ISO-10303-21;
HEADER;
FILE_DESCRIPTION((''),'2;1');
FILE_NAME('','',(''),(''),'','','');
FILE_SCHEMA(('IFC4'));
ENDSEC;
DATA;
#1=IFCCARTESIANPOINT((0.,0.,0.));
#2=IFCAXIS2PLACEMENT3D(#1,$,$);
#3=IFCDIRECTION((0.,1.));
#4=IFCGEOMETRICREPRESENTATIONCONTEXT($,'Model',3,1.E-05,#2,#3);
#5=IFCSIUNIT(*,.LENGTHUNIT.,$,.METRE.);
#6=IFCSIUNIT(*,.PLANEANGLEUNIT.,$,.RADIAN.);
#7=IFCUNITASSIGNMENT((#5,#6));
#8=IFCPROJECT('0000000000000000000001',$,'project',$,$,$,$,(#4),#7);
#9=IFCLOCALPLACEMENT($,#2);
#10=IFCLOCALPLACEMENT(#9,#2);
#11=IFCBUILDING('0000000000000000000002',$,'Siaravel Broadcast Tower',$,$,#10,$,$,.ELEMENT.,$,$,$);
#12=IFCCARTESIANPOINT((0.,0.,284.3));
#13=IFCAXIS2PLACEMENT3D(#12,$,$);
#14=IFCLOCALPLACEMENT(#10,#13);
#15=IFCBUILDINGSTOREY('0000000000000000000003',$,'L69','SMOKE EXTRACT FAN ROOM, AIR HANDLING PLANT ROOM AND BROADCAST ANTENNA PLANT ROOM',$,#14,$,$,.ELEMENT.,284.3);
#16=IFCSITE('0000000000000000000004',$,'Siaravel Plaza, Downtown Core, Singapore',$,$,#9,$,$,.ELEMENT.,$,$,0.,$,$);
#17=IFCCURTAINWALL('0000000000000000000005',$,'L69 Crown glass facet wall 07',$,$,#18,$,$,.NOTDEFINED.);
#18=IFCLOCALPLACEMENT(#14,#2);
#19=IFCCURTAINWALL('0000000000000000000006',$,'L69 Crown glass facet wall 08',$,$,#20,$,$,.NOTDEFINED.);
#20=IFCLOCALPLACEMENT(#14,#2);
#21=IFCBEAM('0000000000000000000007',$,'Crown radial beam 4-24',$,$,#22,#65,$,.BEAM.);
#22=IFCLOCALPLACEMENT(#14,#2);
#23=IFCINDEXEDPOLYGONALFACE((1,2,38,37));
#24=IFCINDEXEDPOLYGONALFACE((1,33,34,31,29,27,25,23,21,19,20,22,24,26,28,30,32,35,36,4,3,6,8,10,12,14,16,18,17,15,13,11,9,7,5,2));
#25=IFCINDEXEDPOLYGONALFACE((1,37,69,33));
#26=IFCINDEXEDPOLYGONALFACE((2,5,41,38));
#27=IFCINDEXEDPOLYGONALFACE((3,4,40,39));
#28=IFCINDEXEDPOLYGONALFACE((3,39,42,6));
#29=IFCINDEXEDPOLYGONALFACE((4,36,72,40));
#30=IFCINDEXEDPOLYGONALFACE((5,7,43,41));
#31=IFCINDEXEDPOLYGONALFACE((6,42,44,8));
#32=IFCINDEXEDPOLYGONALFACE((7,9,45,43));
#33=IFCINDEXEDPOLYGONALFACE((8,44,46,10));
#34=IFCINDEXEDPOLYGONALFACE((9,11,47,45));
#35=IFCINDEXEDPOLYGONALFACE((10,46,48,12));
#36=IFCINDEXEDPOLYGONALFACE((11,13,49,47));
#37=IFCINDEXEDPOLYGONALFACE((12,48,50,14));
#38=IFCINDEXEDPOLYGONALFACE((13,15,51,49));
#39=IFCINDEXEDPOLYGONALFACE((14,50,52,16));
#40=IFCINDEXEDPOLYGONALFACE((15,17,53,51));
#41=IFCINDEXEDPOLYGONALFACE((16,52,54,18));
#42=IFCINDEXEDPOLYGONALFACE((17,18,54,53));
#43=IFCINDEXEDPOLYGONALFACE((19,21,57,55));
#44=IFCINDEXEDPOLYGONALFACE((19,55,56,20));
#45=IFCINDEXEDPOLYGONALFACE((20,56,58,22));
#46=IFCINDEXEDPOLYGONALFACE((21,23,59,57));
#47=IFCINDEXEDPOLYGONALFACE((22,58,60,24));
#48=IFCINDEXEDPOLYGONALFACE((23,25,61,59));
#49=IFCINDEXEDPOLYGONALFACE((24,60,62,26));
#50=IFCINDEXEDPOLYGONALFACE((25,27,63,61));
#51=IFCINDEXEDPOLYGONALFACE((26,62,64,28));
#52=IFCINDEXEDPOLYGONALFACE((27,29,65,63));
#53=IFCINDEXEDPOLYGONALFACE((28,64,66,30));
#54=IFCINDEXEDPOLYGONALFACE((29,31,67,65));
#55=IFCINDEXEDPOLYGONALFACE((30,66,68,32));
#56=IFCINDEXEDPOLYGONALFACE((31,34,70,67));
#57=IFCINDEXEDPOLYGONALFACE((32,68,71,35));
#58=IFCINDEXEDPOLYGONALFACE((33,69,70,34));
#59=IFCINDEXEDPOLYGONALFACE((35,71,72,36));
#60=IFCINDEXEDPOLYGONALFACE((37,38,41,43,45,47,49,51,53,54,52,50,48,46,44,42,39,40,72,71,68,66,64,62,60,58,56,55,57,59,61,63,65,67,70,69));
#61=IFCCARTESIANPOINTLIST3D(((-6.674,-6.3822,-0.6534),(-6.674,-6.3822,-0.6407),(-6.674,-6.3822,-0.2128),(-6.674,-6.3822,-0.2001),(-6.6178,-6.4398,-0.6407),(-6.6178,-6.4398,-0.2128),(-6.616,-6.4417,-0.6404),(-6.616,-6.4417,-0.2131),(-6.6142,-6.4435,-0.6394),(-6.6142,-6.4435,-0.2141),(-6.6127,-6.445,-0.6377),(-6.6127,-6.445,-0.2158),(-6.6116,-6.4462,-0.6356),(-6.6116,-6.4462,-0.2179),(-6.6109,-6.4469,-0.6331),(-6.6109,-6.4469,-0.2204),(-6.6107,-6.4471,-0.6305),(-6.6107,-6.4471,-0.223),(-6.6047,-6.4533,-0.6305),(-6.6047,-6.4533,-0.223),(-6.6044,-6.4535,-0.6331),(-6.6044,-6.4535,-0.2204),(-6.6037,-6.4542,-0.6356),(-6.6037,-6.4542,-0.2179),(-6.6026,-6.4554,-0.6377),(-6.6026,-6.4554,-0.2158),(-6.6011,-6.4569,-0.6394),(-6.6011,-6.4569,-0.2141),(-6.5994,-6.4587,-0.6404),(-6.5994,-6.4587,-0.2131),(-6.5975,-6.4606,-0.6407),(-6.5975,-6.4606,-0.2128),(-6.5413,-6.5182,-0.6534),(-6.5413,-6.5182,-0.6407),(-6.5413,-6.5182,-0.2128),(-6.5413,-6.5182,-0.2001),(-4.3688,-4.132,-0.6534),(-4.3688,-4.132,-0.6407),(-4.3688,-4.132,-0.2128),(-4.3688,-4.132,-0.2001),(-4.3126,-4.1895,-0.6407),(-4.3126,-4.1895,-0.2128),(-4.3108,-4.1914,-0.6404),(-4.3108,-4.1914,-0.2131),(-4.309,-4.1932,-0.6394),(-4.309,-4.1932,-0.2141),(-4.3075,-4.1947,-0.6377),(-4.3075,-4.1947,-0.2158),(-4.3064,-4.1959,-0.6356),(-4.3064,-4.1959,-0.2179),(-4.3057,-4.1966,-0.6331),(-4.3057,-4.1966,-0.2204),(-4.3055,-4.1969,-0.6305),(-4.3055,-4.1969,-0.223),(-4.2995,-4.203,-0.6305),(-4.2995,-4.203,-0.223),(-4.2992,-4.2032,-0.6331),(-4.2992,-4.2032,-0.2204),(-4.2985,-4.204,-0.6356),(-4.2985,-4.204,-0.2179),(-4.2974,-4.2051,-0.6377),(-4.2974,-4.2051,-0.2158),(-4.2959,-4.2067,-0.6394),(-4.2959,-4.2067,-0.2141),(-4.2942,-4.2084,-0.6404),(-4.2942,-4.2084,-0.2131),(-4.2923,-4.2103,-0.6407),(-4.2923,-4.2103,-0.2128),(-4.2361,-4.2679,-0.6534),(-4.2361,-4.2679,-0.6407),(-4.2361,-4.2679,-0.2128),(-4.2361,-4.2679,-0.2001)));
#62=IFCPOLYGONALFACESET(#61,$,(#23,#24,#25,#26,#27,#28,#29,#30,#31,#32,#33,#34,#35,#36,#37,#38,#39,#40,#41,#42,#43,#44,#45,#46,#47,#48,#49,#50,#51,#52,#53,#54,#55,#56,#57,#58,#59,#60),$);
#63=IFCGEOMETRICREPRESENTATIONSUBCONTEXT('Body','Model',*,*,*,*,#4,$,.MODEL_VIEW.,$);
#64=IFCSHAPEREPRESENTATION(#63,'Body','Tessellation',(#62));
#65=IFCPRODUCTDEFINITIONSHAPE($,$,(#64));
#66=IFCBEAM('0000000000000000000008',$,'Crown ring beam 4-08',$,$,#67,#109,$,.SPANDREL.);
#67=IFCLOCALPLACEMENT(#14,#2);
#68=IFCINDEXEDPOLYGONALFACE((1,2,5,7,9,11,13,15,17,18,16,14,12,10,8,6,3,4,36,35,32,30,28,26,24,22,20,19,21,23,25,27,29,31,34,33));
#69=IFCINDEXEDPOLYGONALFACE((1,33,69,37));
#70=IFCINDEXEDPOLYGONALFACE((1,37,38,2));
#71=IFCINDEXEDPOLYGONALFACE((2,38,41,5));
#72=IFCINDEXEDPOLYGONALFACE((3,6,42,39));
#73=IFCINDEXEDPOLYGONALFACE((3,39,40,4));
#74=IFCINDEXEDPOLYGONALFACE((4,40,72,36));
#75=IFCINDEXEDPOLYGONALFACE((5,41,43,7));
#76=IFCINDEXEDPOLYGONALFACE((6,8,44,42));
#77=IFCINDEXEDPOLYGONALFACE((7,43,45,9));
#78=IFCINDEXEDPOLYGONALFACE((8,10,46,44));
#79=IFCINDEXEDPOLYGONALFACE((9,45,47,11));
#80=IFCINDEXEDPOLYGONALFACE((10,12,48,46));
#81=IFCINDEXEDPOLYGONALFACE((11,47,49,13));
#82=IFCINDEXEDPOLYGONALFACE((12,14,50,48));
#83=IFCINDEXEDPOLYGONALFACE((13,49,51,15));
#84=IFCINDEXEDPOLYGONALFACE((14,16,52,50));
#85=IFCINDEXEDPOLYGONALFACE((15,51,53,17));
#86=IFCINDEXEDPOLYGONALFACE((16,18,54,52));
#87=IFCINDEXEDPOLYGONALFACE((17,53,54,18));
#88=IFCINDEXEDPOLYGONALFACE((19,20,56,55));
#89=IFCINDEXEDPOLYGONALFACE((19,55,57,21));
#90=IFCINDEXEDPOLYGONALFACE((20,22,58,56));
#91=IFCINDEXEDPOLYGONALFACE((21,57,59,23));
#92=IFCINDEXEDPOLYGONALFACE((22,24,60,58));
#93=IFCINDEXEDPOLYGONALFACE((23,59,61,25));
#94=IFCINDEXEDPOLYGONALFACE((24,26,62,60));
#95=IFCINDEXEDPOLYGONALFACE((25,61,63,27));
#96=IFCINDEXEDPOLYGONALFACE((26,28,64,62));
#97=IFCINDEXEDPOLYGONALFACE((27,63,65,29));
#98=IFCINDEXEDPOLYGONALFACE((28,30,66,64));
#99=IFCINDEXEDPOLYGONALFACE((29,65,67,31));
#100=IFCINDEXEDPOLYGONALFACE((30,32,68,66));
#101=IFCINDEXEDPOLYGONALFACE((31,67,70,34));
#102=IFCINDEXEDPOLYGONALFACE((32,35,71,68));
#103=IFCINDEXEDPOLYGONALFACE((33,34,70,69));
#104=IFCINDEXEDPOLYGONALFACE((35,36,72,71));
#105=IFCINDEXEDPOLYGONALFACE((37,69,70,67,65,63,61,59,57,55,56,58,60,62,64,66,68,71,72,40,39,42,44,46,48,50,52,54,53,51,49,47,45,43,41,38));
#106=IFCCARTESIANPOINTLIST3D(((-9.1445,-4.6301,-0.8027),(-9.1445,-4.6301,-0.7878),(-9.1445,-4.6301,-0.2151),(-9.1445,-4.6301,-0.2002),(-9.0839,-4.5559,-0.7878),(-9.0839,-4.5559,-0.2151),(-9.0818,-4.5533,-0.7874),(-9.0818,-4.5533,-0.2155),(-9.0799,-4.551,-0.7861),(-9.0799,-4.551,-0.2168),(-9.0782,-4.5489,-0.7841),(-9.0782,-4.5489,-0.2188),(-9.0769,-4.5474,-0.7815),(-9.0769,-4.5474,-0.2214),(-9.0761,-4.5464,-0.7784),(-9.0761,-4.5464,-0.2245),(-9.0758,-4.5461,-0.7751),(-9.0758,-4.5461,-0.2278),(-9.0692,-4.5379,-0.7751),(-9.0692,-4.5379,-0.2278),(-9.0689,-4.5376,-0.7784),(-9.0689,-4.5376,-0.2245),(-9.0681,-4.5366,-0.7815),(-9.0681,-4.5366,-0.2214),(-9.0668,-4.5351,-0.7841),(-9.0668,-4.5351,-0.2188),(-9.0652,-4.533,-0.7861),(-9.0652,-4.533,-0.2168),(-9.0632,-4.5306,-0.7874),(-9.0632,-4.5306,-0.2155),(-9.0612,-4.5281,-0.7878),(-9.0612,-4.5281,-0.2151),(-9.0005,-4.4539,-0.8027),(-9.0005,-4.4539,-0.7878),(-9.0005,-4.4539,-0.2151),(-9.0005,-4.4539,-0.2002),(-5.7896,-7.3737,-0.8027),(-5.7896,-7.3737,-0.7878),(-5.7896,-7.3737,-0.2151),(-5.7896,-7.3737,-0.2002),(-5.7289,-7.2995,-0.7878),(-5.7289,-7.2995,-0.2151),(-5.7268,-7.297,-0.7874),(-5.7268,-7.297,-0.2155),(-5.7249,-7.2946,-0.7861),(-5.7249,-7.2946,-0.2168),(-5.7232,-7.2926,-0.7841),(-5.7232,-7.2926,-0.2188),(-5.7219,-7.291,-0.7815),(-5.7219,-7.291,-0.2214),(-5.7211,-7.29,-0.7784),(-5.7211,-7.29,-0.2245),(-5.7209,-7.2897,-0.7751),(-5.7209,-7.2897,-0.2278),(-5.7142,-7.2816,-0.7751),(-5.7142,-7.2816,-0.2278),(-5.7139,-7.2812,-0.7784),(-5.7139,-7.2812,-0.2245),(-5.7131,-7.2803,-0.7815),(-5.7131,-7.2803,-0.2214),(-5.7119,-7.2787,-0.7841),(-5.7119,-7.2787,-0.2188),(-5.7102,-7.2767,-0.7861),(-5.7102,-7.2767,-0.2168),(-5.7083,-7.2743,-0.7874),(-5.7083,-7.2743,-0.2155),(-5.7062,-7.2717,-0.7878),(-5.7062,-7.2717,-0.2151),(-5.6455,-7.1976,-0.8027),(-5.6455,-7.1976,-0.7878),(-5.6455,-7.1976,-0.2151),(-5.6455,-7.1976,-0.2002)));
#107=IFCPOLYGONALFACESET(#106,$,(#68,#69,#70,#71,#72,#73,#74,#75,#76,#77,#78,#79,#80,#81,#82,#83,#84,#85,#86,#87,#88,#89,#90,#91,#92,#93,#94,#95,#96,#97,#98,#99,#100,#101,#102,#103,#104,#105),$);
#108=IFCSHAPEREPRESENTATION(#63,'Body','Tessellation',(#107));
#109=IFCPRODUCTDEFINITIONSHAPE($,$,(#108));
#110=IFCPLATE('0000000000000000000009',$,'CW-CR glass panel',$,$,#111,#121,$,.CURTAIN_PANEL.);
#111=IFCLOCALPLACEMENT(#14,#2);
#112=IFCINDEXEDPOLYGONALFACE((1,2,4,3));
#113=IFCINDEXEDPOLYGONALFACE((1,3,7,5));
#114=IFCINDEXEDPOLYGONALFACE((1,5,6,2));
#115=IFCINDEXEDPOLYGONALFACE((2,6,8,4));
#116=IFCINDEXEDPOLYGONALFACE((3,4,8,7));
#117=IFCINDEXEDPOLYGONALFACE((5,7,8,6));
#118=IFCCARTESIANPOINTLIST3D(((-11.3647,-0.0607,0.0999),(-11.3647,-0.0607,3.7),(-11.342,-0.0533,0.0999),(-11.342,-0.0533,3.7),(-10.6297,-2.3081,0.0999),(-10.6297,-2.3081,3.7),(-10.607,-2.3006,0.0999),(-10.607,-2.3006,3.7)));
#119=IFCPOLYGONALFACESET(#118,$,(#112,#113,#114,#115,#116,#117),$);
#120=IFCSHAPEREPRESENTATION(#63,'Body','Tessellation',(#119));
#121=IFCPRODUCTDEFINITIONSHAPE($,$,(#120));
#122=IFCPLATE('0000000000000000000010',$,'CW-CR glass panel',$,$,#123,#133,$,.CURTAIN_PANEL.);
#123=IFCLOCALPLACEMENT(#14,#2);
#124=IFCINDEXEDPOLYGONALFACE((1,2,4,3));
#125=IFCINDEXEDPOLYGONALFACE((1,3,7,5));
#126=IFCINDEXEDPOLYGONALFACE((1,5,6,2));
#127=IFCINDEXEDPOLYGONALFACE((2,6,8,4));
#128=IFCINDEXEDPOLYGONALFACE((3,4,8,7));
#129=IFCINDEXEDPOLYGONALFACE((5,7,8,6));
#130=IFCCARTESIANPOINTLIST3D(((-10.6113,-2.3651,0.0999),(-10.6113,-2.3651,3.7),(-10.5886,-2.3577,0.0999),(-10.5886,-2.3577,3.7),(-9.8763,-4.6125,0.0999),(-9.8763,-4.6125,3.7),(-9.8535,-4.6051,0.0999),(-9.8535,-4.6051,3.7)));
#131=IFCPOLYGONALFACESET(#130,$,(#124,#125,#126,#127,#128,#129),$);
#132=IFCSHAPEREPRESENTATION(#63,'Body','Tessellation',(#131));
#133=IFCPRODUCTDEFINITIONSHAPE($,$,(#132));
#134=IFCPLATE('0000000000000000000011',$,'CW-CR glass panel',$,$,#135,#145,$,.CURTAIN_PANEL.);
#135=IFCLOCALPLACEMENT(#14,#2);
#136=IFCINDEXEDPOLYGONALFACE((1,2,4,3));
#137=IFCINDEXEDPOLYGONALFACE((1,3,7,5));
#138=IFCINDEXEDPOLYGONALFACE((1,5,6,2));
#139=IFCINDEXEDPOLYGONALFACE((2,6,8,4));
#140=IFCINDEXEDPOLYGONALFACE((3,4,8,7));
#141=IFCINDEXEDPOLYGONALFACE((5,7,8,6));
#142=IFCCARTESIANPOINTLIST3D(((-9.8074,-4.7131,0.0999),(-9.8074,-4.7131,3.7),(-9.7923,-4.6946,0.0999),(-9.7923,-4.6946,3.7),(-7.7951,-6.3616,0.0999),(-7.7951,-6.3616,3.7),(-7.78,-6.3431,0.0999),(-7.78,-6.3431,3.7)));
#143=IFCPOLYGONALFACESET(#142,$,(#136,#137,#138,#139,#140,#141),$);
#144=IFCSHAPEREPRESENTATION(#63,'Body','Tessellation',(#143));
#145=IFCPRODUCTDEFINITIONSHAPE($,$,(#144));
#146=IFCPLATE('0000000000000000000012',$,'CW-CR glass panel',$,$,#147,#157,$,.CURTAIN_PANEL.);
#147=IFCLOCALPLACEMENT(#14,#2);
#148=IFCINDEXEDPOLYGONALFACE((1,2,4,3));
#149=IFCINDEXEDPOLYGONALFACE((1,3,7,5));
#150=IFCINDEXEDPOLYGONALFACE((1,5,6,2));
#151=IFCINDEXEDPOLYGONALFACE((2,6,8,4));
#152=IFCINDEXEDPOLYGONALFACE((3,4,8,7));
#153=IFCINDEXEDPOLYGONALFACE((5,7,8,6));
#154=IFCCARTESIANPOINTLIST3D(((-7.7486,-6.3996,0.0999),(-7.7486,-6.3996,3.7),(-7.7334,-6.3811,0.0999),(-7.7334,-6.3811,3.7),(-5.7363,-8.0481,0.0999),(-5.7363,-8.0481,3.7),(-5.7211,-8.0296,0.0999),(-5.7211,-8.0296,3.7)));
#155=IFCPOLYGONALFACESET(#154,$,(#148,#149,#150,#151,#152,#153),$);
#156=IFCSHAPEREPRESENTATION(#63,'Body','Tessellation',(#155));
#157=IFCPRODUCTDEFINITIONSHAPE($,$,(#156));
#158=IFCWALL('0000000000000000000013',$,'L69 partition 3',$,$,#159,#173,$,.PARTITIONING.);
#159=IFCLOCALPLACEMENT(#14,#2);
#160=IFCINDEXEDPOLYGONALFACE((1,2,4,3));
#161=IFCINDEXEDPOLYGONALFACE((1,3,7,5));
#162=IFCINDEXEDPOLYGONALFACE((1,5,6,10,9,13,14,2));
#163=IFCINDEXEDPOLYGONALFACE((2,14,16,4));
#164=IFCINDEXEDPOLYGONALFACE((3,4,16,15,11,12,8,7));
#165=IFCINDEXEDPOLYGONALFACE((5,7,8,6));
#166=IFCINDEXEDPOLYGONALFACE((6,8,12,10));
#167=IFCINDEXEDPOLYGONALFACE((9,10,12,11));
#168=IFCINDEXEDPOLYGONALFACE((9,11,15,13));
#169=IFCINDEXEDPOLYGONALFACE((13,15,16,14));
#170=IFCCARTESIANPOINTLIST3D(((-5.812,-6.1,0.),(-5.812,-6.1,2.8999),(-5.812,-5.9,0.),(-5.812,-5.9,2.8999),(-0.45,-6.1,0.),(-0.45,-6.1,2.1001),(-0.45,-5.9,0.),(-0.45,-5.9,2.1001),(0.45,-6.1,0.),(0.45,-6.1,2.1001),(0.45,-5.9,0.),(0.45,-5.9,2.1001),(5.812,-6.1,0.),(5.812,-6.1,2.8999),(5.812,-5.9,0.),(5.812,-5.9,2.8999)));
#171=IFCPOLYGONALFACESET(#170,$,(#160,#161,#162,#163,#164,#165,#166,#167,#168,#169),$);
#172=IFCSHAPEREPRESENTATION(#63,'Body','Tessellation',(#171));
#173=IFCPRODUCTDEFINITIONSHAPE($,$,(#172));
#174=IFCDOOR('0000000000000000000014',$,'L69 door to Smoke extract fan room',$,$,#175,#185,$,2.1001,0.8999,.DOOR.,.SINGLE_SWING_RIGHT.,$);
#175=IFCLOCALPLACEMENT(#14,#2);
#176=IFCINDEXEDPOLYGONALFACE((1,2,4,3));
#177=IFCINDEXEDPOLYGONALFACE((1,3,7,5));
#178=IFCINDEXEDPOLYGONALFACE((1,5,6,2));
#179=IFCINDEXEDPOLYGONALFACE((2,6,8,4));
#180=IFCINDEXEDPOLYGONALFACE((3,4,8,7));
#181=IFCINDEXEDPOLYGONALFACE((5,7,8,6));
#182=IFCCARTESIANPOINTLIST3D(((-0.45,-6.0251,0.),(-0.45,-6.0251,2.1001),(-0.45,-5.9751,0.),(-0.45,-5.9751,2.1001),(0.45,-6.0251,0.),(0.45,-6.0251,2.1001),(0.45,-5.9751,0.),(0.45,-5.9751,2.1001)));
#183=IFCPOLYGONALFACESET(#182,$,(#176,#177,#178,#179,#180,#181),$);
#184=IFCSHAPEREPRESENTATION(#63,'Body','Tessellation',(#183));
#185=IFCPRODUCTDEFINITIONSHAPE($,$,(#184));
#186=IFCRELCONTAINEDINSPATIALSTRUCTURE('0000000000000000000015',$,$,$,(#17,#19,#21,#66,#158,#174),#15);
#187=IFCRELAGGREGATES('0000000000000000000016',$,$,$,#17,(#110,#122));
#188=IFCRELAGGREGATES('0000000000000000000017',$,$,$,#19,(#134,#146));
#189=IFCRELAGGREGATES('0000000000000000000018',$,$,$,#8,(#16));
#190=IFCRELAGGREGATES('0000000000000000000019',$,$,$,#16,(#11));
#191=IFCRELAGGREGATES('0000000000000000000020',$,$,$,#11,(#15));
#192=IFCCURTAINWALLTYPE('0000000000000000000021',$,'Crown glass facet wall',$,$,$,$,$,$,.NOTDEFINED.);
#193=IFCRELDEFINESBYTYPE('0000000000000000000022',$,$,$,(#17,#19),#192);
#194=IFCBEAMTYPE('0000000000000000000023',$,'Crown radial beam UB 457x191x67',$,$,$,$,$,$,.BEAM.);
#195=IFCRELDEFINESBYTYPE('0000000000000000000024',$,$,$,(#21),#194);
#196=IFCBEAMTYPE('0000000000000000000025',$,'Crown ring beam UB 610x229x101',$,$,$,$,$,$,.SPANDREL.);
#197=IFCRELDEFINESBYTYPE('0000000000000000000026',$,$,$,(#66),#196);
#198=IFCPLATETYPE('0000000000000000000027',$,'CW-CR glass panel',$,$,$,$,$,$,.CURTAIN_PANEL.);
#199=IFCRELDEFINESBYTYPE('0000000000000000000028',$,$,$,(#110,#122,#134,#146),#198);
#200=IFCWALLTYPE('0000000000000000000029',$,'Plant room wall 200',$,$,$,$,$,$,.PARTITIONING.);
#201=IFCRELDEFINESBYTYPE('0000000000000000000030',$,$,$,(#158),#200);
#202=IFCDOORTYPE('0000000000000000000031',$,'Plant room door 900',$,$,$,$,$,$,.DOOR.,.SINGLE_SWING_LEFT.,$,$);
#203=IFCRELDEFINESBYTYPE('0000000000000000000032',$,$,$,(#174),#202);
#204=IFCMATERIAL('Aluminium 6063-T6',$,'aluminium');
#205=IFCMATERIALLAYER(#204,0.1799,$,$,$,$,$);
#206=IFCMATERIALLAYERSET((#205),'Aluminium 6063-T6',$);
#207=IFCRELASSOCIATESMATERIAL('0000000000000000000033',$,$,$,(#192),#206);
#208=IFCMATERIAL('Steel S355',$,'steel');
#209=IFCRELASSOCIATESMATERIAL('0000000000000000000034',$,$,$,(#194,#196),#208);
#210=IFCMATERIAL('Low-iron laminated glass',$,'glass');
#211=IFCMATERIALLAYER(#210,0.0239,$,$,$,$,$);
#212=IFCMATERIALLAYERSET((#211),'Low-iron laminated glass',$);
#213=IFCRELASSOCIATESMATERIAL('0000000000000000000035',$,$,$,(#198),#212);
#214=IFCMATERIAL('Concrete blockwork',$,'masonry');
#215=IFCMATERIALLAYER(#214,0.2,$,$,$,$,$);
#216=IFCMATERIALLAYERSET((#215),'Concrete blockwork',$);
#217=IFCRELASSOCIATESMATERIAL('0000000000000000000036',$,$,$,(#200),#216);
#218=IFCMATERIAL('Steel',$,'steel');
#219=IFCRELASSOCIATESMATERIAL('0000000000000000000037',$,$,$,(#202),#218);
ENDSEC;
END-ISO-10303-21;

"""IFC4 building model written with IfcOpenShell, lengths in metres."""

from ifc_helpers import new_model, si_unit, direction, frame, frame_2d, origin, origin_2d, place, context, subcontext, project, spatial, rectangle, i_section, extrude, material, layer, layer_set, material_profile, profile_set, type_object, element, fill, aggregate, save


model = new_model("IFC4")

# Units and contexts
model_context = context("Model", 3, precision=1e-05, world=origin(), true_north=direction((0.0, 1.0)))
body_context = subcontext(model_context, "Body", "Model", "MODEL_VIEW")
ifc_project = project(units=[si_unit("LENGTHUNIT", "METRE"), si_unit("PLANEANGLEUNIT", "RADIAN")], contexts=[model_context])

# Site, building, storey
site_placement = place(None, origin())
site = spatial("IfcSite", under=ifc_project, at=site_placement, Name="Siaravel Plaza, Downtown Core, Singapore", CompositionType="ELEMENT", RefElevation=0.0)
building_placement = place(site_placement, origin())
building = spatial("IfcBuilding", under=site, at=building_placement, Name="Siaravel Broadcast Tower", CompositionType="ELEMENT")
storey_placement = place(building_placement, frame((0.0, 0.0, 284.3)))
storey = spatial("IfcBuildingStorey", under=building, at=storey_placement, Name="L69", Description="SMOKE EXTRACT FAN ROOM, AIR HANDLING PLANT ROOM AND BROADCAST ANTENNA PLANT ROOM", CompositionType="ELEMENT", Elevation=284.3)

# Curtain walls
ifc_material_1 = material(Name="Aluminium 6063-T6", Category="aluminium")
ifc_layer_1 = layer(ifc_material_1, 0.1799)
ifc_layer_set_1 = layer_set([ifc_layer_1], Name="Aluminium 6063-T6")
curtain_wall_type = type_object("IfcCurtainWallType", Name="Crown glass facet wall", PredefinedType="NOTDEFINED", material=ifc_layer_set_1)
curtain_wall_1_placement = place(storey_placement, origin())
curtain_wall_1 = element("IfcCurtainWall", 1, at=curtain_wall_1_placement, inside=storey, type_object=curtain_wall_type, Name="L69 Crown glass facet wall 07", PredefinedType="NOTDEFINED")
curtain_wall_2_placement = place(storey_placement, origin())
curtain_wall_2 = element("IfcCurtainWall", 2, at=curtain_wall_2_placement, inside=storey, type_object=curtain_wall_type, Name="L69 Crown glass facet wall 08", PredefinedType="NOTDEFINED")

# Beams
ifc_material_2 = material(Name="Steel S355", Category="steel")
ifc_material_profile_1 = material_profile(ifc_material_2, i_section(OverallWidth=0.1899, OverallDepth=0.4534, WebThickness=0.0085, FlangeThickness=0.0127, FilletRadius=0.0103, at=origin_2d()))
ifc_profile_set_1 = profile_set([ifc_material_profile_1], Name="Steel S355")
beam_type_1 = type_object("IfcBeamType", Name="Crown radial beam UB 457x191x67", PredefinedType="BEAM", material=ifc_profile_set_1)
beam_1_placement = place(storey_placement, frame((-6.6077, -6.4502, -0.4268), z_axis=(0.715581, 0.698529, 0.0), x_axis=(-0.698529, 0.715581, 0.0)))
element("IfcBeam", 3, at=beam_1_placement, inside=storey, type_object=beam_type_1, Name="Crown radial beam 4-24", PredefinedType="BEAM", context=body_context, shape_type="SweptSolid", body=[
    extrude(i_section(OverallWidth=0.1899, OverallDepth=0.4534, WebThickness=0.0085, FlangeThickness=0.0127, FilletRadius=0.0103, at=origin_2d()), origin(), (0.0, 0.0, 1.0), 3.2214),
])
ifc_material_profile_2 = material_profile(ifc_material_2, i_section(OverallWidth=0.2275, OverallDepth=0.6025, WebThickness=0.0105, FlangeThickness=0.0149, FilletRadius=0.0127, at=origin_2d()))
ifc_profile_set_2 = profile_set([ifc_material_profile_2], Name="Steel S355")
beam_type_2 = type_object("IfcBeamType", Name="Crown ring beam UB 610x229x101", PredefinedType="SPANDREL", material=ifc_profile_set_2)
beam_2_placement = place(storey_placement, frame((-9.0725, -4.542, -0.5015), z_axis=(0.774108, -0.633054, 0.0), x_axis=(0.633054, 0.774108, 0.0)))
element("IfcBeam", 4, at=beam_2_placement, inside=storey, type_object=beam_type_2, Name="Crown ring beam 4-08", PredefinedType="SPANDREL", context=body_context, shape_type="SweptSolid", body=[
    extrude(i_section(OverallWidth=0.2275, OverallDepth=0.6025, WebThickness=0.0105, FlangeThickness=0.0149, FilletRadius=0.0127, at=origin_2d()), origin(), (0.0, 0.0, 1.0), 4.334),
])

# Plates
ifc_material_3 = material(Name="Low-iron laminated glass", Category="glass")
ifc_layer_2 = layer(ifc_material_3, 0.0239)
ifc_layer_set_2 = layer_set([ifc_layer_2], Name="Low-iron laminated glass")
plate_type = type_object("IfcPlateType", Name="CW-CR glass panel", PredefinedType="CURTAIN_PANEL", material=ifc_layer_set_2)
plate_1_placement = place(storey_placement, frame((-10.9858, -1.1807, 0.0999), z_axis=(0.0, 0.0, 1.0), x_axis=(0.310855, -0.950457, 0.0)))
plate_1 = element("IfcPlate", 5, at=plate_1_placement, type_object=plate_type, Name="CW-CR glass panel", PredefinedType="CURTAIN_PANEL", context=body_context, shape_type="SweptSolid", body=[
    extrude(rectangle(XDim=2.3645, YDim=0.0239, at=origin_2d()), origin(), (0.0, 0.0, 1.0), 3.6001),
])
plate_2_placement = place(storey_placement, frame((-10.2324, -3.4851, 0.0999), z_axis=(0.0, 0.0, 1.0), x_axis=(0.310855, -0.950457, 0.0)))
plate_2 = element("IfcPlate", 6, at=plate_2_placement, type_object=plate_type, Name="CW-CR glass panel", PredefinedType="CURTAIN_PANEL", context=body_context, shape_type="SweptSolid", body=[
    extrude(rectangle(XDim=2.3645, YDim=0.0239, at=origin_2d()), origin(), (0.0, 0.0, 1.0), 3.6001),
])
aggregate(curtain_wall_1, [plate_1, plate_2])
plate_3_placement = place(storey_placement, frame((-8.7937, -5.5281, 0.0999), z_axis=(0.0, 0.0, 1.0), x_axis=(0.773564, -0.633718, 0.0)))
plate_3 = element("IfcPlate", 7, at=plate_3_placement, type_object=plate_type, Name="CW-CR glass panel", PredefinedType="CURTAIN_PANEL", context=body_context, shape_type="SweptSolid", body=[
    extrude(rectangle(XDim=2.6013, YDim=0.0239, at=origin_2d()), origin(), (0.0, 0.0, 1.0), 3.6001),
])
plate_4_placement = place(storey_placement, frame((-6.7349, -7.2146, 0.0999), z_axis=(0.0, 0.0, 1.0), x_axis=(0.773564, -0.633718, 0.0)))
plate_4 = element("IfcPlate", 8, at=plate_4_placement, type_object=plate_type, Name="CW-CR glass panel", PredefinedType="CURTAIN_PANEL", context=body_context, shape_type="SweptSolid", body=[
    extrude(rectangle(XDim=2.6013, YDim=0.0239, at=origin_2d()), origin(), (0.0, 0.0, 1.0), 3.6001),
])
aggregate(curtain_wall_2, [plate_3, plate_4])

# Wall, opening, door
ifc_material_4 = material(Name="Concrete blockwork", Category="masonry")
ifc_layer_3 = layer(ifc_material_4, 0.2)
ifc_layer_set_3 = layer_set([ifc_layer_3], Name="Concrete blockwork")
wall_type = type_object("IfcWallType", Name="Plant room wall 200", PredefinedType="PARTITIONING", material=ifc_layer_set_3)
wall_1_placement = place(storey_placement, frame((-5.812, -6.0, 0.0), z_axis=(0.0, 0.0, 1.0), x_axis=(1.0, 0.0, 0.0)))
wall_1 = element("IfcWall", 9, at=wall_1_placement, inside=storey, type_object=wall_type, Name="L69 partition 3", PredefinedType="PARTITIONING", context=body_context, shape_type="SweptSolid", body=[
    extrude(rectangle(XDim=11.624, YDim=0.2, at=frame_2d((5.812, 0.0))), origin(), (0.0, 0.0, 1.0), 2.8999),
])
opening_placement = place(wall_1_placement, frame((5.3621, 0.0, 0.0)))
opening = element("IfcOpeningElement", 10, at=opening_placement, cuts=wall_1, PredefinedType="OPENING", context=body_context, shape_type="SweptSolid", body=[
    extrude(rectangle(XDim=0.8999, YDim=2.1001, at=frame_2d((0.45, 1.05))), frame((0.0, 0.1099, 0.0), z_axis=(0.0, -1.0, 0.0), x_axis=(1.0, 0.0, 0.0)), (0.0, 0.0, 1.0), 0.22),
])
ifc_material_5 = material(Name="Steel", Category="steel")
door_type = type_object("IfcDoorType", Name="Plant room door 900", OperationType="SINGLE_SWING_LEFT", PredefinedType="DOOR", material=ifc_material_5)
door_placement = place(opening_placement, origin())
door = element("IfcDoor", 11, at=door_placement, inside=storey, type_object=door_type, Name="L69 door to Smoke extract fan room", OperationType="SINGLE_SWING_RIGHT", OverallHeight=2.1001, OverallWidth=0.8999, PredefinedType="DOOR", context=body_context, shape_type="SweptSolid", body=[
    extrude(rectangle(XDim=0.8999, YDim=2.1001, at=frame_2d((0.45, 1.05))), frame((0.0, 0.0249, 0.0), z_axis=(0.0, -1.0, 0.0), x_axis=(1.0, 0.0, 0.0)), (0.0, 0.0, 1.0), 0.05),
])
fill(opening, door)

save(model, "model.ifc")
